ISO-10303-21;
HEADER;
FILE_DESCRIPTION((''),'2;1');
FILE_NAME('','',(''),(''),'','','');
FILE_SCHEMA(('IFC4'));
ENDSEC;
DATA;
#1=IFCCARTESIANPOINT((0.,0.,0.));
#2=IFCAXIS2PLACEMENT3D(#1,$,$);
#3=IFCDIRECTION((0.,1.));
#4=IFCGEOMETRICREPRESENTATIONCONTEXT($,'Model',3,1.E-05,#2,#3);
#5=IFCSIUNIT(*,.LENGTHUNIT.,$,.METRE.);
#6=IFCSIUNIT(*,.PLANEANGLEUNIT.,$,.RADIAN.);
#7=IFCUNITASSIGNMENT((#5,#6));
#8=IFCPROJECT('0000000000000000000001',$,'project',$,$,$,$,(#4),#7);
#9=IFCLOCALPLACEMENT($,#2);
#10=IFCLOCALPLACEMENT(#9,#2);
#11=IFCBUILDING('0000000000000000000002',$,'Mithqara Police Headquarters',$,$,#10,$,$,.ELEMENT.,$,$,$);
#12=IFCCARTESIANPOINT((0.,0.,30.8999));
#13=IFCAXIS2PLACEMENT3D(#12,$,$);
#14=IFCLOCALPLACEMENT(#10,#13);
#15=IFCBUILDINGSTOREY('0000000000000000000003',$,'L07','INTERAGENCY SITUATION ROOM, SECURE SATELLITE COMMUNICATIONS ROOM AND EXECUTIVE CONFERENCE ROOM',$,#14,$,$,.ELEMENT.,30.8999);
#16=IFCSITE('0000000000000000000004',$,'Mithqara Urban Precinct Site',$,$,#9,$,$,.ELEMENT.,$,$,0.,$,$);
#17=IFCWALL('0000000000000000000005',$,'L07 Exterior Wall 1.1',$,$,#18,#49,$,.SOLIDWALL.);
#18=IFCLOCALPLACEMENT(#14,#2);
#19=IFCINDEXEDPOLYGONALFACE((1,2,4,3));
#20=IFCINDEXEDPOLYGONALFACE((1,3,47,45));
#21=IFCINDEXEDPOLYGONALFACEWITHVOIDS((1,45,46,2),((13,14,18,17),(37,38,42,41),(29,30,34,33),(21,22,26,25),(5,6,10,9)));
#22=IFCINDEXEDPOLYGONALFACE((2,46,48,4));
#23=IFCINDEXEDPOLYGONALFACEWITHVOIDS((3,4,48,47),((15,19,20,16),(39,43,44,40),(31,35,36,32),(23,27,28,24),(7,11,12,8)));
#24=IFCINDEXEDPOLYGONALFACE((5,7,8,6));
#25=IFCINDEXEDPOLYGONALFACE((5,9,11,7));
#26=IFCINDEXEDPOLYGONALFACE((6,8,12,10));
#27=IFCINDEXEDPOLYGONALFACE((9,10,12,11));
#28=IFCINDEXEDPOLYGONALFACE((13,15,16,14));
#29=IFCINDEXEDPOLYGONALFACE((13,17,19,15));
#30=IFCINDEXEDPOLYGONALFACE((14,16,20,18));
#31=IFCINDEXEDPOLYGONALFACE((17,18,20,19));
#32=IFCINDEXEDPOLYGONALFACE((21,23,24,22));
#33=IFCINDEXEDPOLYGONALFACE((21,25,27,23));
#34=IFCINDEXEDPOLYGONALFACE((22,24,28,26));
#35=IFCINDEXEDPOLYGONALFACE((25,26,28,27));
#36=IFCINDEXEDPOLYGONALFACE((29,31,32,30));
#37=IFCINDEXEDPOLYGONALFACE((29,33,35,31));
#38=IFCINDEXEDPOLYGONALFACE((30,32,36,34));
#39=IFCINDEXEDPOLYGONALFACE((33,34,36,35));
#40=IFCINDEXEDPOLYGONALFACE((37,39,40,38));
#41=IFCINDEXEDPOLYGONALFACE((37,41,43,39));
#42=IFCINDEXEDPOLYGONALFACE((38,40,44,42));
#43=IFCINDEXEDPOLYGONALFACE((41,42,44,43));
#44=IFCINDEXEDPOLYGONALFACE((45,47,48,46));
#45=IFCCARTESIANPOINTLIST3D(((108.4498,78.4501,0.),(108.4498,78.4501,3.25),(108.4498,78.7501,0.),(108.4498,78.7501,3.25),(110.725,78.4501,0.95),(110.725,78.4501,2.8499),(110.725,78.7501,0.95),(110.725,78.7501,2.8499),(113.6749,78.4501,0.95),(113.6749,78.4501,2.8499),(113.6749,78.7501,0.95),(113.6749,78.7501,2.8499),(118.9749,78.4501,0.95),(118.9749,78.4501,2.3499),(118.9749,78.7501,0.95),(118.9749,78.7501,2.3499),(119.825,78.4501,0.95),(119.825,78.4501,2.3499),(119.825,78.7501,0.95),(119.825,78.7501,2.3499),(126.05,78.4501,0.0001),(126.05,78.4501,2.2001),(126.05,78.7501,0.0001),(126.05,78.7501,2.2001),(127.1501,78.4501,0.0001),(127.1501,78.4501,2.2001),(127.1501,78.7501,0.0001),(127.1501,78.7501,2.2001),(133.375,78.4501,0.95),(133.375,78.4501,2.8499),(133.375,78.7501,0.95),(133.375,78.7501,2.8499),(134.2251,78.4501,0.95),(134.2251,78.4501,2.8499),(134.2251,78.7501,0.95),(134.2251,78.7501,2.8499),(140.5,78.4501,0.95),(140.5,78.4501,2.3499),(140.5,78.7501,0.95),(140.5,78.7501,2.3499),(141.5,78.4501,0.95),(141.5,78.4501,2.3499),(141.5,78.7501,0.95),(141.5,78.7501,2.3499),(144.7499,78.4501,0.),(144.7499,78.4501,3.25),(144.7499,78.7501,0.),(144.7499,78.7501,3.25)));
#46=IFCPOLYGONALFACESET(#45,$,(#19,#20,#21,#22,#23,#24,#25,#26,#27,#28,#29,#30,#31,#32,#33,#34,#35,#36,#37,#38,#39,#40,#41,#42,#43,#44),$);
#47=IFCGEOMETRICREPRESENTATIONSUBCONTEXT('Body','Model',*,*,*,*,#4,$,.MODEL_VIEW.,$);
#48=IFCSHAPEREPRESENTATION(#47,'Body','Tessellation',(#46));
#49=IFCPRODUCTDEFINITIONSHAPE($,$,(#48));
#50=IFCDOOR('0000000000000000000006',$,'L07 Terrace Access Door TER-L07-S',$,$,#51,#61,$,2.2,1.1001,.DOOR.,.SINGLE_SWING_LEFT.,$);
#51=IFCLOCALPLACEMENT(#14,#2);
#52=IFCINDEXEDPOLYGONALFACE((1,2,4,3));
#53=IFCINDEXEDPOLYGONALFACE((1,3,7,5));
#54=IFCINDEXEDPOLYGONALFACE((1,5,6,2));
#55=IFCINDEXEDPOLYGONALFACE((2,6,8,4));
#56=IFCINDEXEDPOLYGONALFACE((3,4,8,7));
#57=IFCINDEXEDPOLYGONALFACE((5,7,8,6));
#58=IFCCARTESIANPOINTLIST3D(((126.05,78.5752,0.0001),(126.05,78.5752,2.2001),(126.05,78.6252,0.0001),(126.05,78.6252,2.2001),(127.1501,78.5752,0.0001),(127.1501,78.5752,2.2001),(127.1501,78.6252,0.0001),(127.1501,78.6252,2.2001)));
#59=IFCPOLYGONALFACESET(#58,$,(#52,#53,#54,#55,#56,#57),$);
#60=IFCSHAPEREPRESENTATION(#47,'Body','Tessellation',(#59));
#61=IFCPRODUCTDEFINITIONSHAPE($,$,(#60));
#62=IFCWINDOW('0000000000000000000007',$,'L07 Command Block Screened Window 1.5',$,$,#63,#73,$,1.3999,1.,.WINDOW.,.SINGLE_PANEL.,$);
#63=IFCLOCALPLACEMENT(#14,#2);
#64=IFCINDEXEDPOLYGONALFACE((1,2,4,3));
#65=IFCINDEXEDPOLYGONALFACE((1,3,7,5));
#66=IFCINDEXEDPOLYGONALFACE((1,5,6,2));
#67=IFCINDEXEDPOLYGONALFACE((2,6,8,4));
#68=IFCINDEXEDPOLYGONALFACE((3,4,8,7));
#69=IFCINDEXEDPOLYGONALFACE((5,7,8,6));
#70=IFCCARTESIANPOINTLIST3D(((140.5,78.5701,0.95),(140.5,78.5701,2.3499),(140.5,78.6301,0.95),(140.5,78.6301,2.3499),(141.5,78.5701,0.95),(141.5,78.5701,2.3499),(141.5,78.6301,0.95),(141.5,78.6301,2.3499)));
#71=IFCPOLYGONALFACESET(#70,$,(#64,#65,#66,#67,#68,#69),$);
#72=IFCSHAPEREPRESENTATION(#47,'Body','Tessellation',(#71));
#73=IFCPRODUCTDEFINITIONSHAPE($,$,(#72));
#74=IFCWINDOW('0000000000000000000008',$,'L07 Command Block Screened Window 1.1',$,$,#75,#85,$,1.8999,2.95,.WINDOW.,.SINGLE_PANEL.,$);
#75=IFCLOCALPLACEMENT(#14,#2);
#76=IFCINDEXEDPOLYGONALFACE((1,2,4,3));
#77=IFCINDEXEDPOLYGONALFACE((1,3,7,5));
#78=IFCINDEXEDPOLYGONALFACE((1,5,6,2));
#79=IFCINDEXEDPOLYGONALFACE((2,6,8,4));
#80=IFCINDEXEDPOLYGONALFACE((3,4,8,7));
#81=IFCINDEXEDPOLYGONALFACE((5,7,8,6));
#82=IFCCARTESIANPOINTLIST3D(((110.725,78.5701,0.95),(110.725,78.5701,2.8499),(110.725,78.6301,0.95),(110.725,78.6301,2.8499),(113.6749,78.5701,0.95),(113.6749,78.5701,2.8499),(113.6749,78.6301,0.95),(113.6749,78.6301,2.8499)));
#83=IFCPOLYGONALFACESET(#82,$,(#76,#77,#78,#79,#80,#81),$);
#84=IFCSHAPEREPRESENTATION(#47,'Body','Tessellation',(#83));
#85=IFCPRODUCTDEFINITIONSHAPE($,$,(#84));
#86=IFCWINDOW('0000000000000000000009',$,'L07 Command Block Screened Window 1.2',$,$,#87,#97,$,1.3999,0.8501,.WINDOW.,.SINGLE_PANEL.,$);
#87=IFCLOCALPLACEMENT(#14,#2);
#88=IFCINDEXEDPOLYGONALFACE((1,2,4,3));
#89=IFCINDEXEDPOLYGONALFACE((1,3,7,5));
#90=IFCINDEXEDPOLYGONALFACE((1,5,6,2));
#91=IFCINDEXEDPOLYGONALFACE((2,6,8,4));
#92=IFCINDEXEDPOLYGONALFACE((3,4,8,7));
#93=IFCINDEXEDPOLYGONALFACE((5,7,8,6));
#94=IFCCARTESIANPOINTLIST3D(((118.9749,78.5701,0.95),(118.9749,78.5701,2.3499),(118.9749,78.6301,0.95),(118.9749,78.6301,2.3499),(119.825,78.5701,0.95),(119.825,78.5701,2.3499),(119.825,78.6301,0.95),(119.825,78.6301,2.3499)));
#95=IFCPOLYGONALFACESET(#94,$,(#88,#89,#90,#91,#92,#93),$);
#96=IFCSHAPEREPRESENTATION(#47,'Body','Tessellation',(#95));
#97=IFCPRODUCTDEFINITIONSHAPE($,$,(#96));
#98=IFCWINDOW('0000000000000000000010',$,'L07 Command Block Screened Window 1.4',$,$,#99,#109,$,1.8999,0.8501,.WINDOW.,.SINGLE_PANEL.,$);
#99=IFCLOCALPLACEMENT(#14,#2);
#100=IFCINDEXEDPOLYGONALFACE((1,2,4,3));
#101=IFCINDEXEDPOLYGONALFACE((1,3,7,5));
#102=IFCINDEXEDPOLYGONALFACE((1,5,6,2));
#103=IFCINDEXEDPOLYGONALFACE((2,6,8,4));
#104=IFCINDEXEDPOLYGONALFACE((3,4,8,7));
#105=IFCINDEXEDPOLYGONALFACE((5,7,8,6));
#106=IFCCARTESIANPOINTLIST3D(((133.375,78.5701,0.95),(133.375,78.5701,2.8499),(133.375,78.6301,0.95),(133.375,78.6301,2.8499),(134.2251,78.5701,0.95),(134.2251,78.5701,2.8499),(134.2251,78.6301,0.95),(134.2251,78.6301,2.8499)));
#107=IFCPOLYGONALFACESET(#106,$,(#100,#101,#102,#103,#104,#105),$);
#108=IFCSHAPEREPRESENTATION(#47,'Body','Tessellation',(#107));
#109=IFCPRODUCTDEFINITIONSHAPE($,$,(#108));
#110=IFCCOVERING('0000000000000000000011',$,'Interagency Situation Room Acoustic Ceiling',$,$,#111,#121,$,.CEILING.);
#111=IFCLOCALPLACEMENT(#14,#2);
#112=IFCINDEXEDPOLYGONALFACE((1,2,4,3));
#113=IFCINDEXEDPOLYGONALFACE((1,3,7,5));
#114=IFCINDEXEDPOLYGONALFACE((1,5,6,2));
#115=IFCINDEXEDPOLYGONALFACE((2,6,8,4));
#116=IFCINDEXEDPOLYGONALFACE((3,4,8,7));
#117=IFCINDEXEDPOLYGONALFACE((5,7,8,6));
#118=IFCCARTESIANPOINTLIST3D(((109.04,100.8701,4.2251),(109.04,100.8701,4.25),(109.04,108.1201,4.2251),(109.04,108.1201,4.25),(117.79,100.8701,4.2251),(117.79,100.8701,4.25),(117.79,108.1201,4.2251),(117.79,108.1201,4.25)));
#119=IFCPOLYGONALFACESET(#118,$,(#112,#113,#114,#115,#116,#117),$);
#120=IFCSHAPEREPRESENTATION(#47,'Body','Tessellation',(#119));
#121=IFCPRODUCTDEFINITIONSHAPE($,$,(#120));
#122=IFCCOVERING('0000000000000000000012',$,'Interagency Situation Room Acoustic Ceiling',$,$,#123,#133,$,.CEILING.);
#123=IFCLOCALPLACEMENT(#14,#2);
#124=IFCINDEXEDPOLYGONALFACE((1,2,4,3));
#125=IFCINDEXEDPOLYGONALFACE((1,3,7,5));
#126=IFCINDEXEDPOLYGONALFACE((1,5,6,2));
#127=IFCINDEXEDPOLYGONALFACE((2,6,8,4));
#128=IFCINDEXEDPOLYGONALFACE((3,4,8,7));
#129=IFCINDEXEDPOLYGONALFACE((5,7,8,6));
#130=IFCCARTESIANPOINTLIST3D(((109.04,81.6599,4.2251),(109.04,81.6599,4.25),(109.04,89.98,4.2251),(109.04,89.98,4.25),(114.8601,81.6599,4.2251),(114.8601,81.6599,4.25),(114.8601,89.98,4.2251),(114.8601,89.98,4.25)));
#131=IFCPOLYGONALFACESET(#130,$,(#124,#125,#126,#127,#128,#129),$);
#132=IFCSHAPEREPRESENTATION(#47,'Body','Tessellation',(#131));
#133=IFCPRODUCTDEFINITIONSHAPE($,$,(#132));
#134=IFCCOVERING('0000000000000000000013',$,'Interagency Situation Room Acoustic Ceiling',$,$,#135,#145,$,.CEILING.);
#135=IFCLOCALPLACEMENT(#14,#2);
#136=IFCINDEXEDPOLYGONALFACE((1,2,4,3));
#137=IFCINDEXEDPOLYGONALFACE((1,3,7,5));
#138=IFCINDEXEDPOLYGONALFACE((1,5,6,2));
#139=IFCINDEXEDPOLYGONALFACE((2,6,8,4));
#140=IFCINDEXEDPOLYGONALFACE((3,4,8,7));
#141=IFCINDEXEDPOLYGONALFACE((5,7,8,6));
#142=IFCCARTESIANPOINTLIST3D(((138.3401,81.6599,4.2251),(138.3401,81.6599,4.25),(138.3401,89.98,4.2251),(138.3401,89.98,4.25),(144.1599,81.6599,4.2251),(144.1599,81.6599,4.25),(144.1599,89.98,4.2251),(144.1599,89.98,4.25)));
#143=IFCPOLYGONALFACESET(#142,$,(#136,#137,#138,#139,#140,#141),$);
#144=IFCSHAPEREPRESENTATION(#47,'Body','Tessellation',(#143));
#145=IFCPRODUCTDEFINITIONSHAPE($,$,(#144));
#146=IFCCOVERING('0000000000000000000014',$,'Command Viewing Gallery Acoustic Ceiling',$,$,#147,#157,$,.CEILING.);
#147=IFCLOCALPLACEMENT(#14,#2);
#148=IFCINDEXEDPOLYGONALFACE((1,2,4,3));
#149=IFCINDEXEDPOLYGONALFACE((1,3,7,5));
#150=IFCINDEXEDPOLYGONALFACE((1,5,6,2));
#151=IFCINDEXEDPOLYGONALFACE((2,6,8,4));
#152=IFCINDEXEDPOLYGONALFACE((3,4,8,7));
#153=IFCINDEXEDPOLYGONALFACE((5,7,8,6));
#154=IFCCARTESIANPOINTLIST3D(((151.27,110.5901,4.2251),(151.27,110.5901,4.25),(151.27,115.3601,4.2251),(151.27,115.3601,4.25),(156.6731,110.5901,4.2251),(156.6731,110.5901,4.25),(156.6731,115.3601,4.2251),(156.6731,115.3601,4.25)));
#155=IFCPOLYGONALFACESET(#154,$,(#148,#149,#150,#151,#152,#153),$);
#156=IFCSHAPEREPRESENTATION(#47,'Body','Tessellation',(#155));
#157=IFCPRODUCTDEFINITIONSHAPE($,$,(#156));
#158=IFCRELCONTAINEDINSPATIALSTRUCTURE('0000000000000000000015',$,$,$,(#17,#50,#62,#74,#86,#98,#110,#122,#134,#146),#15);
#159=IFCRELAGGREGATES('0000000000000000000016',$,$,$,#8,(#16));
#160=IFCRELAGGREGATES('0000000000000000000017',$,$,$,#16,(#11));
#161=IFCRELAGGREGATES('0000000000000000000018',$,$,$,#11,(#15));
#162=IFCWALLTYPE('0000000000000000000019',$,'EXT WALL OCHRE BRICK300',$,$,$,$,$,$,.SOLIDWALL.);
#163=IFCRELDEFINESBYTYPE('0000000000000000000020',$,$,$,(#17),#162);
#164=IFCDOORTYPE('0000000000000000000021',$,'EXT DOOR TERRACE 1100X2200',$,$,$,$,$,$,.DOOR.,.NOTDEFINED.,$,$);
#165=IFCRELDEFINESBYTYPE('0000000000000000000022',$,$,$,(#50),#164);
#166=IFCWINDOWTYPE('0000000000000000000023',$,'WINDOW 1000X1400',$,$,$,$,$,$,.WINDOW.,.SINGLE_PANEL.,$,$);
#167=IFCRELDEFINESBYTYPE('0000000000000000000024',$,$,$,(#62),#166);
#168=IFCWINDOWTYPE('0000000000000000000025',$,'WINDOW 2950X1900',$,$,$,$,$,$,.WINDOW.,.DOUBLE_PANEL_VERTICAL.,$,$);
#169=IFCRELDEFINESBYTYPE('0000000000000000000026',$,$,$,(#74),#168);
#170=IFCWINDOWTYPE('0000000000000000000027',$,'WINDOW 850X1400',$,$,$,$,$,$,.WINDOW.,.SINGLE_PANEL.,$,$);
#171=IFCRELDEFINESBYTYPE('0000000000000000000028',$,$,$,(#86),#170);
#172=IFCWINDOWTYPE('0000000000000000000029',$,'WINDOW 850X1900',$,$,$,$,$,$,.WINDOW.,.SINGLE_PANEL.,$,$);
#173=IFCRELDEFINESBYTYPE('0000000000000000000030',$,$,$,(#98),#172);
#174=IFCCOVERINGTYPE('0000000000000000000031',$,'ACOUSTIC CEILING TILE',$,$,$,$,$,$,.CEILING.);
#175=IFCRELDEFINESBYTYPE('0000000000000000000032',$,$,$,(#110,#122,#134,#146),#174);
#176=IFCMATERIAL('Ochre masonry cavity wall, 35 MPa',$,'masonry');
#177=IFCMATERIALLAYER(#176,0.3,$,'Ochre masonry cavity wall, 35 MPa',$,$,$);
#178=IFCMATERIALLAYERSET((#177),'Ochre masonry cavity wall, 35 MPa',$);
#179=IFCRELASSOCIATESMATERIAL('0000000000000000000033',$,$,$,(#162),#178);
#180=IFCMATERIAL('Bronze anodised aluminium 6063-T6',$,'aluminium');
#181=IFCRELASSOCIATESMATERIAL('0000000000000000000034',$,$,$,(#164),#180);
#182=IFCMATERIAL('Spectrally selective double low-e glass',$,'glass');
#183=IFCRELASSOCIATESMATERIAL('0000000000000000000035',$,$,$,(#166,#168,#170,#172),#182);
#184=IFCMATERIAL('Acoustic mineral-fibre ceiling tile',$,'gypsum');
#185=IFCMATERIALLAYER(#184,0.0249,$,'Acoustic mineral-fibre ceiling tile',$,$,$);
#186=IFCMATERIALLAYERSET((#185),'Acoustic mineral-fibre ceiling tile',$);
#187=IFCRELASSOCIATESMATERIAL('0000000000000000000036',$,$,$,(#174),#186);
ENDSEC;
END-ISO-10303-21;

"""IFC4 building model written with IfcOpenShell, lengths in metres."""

from ifc_helpers import new_model, si_unit, direction, frame, frame_2d, origin, place, context, subcontext, project, spatial, polyline, rectangle, outline, extrude, material, layer, layer_set, type_object, element, fill, save


model = new_model("IFC4")

# Units and contexts
model_context = context("Model", 3, precision=1e-05, world=origin(), true_north=direction((0.0, 1.0)))
body_context = subcontext(model_context, "Body", "Model", "MODEL_VIEW")
ifc_project = project(units=[si_unit("LENGTHUNIT", "METRE"), si_unit("PLANEANGLEUNIT", "RADIAN")], contexts=[model_context])

# Site, building, storey
site_placement = place(None, origin())
site = spatial("IfcSite", under=ifc_project, at=site_placement, Name="Mithqara Urban Precinct Site", CompositionType="ELEMENT", RefElevation=0.0)
building_placement = place(site_placement, origin())
building = spatial("IfcBuilding", under=site, at=building_placement, Name="Mithqara Police Headquarters", CompositionType="ELEMENT")
storey_placement = place(building_placement, frame((0.0, 0.0, 30.8999)))
storey = spatial("IfcBuildingStorey", under=building, at=storey_placement, Name="L07", Description="INTERAGENCY SITUATION ROOM, SECURE SATELLITE COMMUNICATIONS ROOM AND EXECUTIVE CONFERENCE ROOM", CompositionType="ELEMENT", Elevation=30.8999)

# Wall, openings, door, windows
ifc_material_1 = material(Name="Ochre masonry cavity wall, 35 MPa", Category="masonry")
ifc_layer_1 = layer(ifc_material_1, 0.3, Name="Ochre masonry cavity wall, 35 MPa")
ifc_layer_set_1 = layer_set([ifc_layer_1], Name="Ochre masonry cavity wall, 35 MPa")
wall_type = type_object("IfcWallType", Name="EXT WALL OCHRE BRICK300", PredefinedType="SOLIDWALL", material=ifc_layer_set_1)
wall_placement = place(storey_placement, frame((108.45, 78.6001, 0.0), z_axis=(0.0, 0.0, 1.0), x_axis=(1.0, 0.0, 0.0)))
wall = element("IfcWall", 1, at=wall_placement, inside=storey, type_object=wall_type, Name="L07 Exterior Wall 1.1", PredefinedType="SOLIDWALL", context=body_context, shape_type="SweptSolid", body=[
    extrude(rectangle(XDim=36.3, YDim=0.3, at=frame_2d((18.1499, 0.0))), origin(), (0.0, 0.0, 1.0), 3.25),
])
opening_1_placement = place(wall_placement, frame((17.6001, 0.0, 0.0)))
opening_1 = element("IfcOpeningElement", 2, at=opening_1_placement, cuts=wall, PredefinedType="OPENING", context=body_context, shape_type="SweptSolid", body=[
    extrude(rectangle(XDim=1.1001, YDim=2.2, at=frame_2d((0.55, 1.1001))), frame((0.0, 0.1602, 0.0), z_axis=(0.0, -1.0, 0.0), x_axis=(1.0, 0.0, 0.0)), (0.0, 0.0, 1.0), 0.3201),
])
opening_2_placement = place(wall_placement, frame((2.2749, 0.0, 0.95)))
opening_2 = element("IfcOpeningElement", 3, at=opening_2_placement, cuts=wall, PredefinedType="OPENING", context=body_context, shape_type="SweptSolid", body=[
    extrude(rectangle(XDim=2.95, YDim=1.8999, at=frame_2d((1.4751, 0.95))), frame((0.0, 0.1602, 0.0), z_axis=(0.0, -1.0, 0.0), x_axis=(1.0, 0.0, 0.0)), (0.0, 0.0, 1.0), 0.3201),
])
opening_3_placement = place(wall_placement, frame((10.5249, 0.0, 0.95)))
opening_3 = element("IfcOpeningElement", 4, at=opening_3_placement, cuts=wall, PredefinedType="OPENING", context=body_context, shape_type="SweptSolid", body=[
    extrude(rectangle(XDim=0.8501, YDim=1.3999, at=frame_2d((0.425, 0.7))), frame((0.0, 0.1602, 0.0), z_axis=(0.0, -1.0, 0.0), x_axis=(1.0, 0.0, 0.0)), (0.0, 0.0, 1.0), 0.3201),
])
opening_4_placement = place(wall_placement, frame((24.925, 0.0, 0.95)))
opening_4 = element("IfcOpeningElement", 5, at=opening_4_placement, cuts=wall, PredefinedType="OPENING", context=body_context, shape_type="SweptSolid", body=[
    extrude(rectangle(XDim=0.8501, YDim=1.8999, at=frame_2d((0.425, 0.95))), frame((0.0, 0.1602, 0.0), z_axis=(0.0, -1.0, 0.0), x_axis=(1.0, 0.0, 0.0)), (0.0, 0.0, 1.0), 0.3201),
])
opening_5_placement = place(wall_placement, frame((32.05, 0.0, 0.95)))
opening_5 = element("IfcOpeningElement", 6, at=opening_5_placement, cuts=wall, PredefinedType="OPENING", context=body_context, shape_type="SweptSolid", body=[
    extrude(rectangle(XDim=1.0, YDim=1.3999, at=frame_2d((0.5, 0.7))), frame((0.0, 0.1602, 0.0), z_axis=(0.0, -1.0, 0.0), x_axis=(1.0, 0.0, 0.0)), (0.0, 0.0, 1.0), 0.3201),
])
ifc_material_2 = material(Name="Bronze anodised aluminium 6063-T6", Category="aluminium")
door_type = type_object("IfcDoorType", Name="EXT DOOR TERRACE 1100X2200", OperationType="NOTDEFINED", PredefinedType="DOOR", material=ifc_material_2)
door_placement = place(opening_1_placement, frame((1.1001, 0.0, 0.0), z_axis=(0.0, 0.0, 1.0), x_axis=(-1.0, 0.0, 0.0)))
door = element("IfcDoor", 7, at=door_placement, inside=storey, type_object=door_type, Name="L07 Terrace Access Door TER-L07-S", OperationType="SINGLE_SWING_LEFT", OverallHeight=2.2, OverallWidth=1.1001, PredefinedType="DOOR", context=body_context, shape_type="SweptSolid", body=[
    extrude(rectangle(XDim=1.1001, YDim=2.2, at=frame_2d((0.55, 1.1001))), frame((0.0, 0.0249, 0.0), z_axis=(0.0, -1.0, 0.0), x_axis=(1.0, 0.0, 0.0)), (0.0, 0.0, 1.0), 0.05),
])
fill(opening_1, door)
ifc_material_3 = material(Name="Spectrally selective double low-e glass", Category="glass")
window_type_1 = type_object("IfcWindowType", Name="WINDOW 1000X1400", PartitioningType="SINGLE_PANEL", PredefinedType="WINDOW", material=ifc_material_3)
window_1_placement = place(opening_5_placement, origin())
window_1 = element("IfcWindow", 8, at=window_1_placement, inside=storey, type_object=window_type_1, Name="L07 Command Block Screened Window 1.5", OverallHeight=1.3999, OverallWidth=1.0, PartitioningType="SINGLE_PANEL", PredefinedType="WINDOW", context=body_context, shape_type="SweptSolid", body=[
    extrude(rectangle(XDim=1.0, YDim=1.3999, at=frame_2d((0.5, 0.7))), frame((0.0, 0.03, 0.0), z_axis=(0.0, -1.0, 0.0), x_axis=(1.0, 0.0, 0.0)), (0.0, 0.0, 1.0), 0.0601),
])
fill(opening_5, window_1)
window_type_2 = type_object("IfcWindowType", Name="WINDOW 2950X1900", PartitioningType="DOUBLE_PANEL_VERTICAL", PredefinedType="WINDOW", material=ifc_material_3)
window_2_placement = place(opening_2_placement, origin())
window_2 = element("IfcWindow", 9, at=window_2_placement, inside=storey, type_object=window_type_2, Name="L07 Command Block Screened Window 1.1", OverallHeight=1.8999, OverallWidth=2.95, PartitioningType="SINGLE_PANEL", PredefinedType="WINDOW", context=body_context, shape_type="SweptSolid", body=[
    extrude(rectangle(XDim=2.95, YDim=1.8999, at=frame_2d((1.4751, 0.95))), frame((0.0, 0.03, 0.0), z_axis=(0.0, -1.0, 0.0), x_axis=(1.0, 0.0, 0.0)), (0.0, 0.0, 1.0), 0.0601),
])
fill(opening_2, window_2)
window_type_3 = type_object("IfcWindowType", Name="WINDOW 850X1400", PartitioningType="SINGLE_PANEL", PredefinedType="WINDOW", material=ifc_material_3)
window_3_placement = place(opening_3_placement, origin())
window_3 = element("IfcWindow", 10, at=window_3_placement, inside=storey, type_object=window_type_3, Name="L07 Command Block Screened Window 1.2", OverallHeight=1.3999, OverallWidth=0.8501, PartitioningType="SINGLE_PANEL", PredefinedType="WINDOW", context=body_context, shape_type="SweptSolid", body=[
    extrude(rectangle(XDim=0.8501, YDim=1.3999, at=frame_2d((0.425, 0.7))), frame((0.0, 0.03, 0.0), z_axis=(0.0, -1.0, 0.0), x_axis=(1.0, 0.0, 0.0)), (0.0, 0.0, 1.0), 0.0601),
])
fill(opening_3, window_3)
window_type_4 = type_object("IfcWindowType", Name="WINDOW 850X1900", PartitioningType="SINGLE_PANEL", PredefinedType="WINDOW", material=ifc_material_3)
window_4_placement = place(opening_4_placement, origin())
window_4 = element("IfcWindow", 11, at=window_4_placement, inside=storey, type_object=window_type_4, Name="L07 Command Block Screened Window 1.4", OverallHeight=1.8999, OverallWidth=0.8501, PartitioningType="SINGLE_PANEL", PredefinedType="WINDOW", context=body_context, shape_type="SweptSolid", body=[
    extrude(rectangle(XDim=0.8501, YDim=1.8999, at=frame_2d((0.425, 0.95))), frame((0.0, 0.03, 0.0), z_axis=(0.0, -1.0, 0.0), x_axis=(1.0, 0.0, 0.0)), (0.0, 0.0, 1.0), 0.0601),
])
fill(opening_4, window_4)

# Coverings
ifc_material_4 = material(Name="Acoustic mineral-fibre ceiling tile", Category="gypsum")
ifc_layer_2 = layer(ifc_material_4, 0.0249, Name="Acoustic mineral-fibre ceiling tile")
ifc_layer_set_2 = layer_set([ifc_layer_2], Name="Acoustic mineral-fibre ceiling tile")
covering_type_1 = type_object("IfcCoveringType", Name="ACOUSTIC CEILING TILE", PredefinedType="CEILING", material=ifc_layer_set_2)
covering_1_placement = place(storey_placement, frame((0.0, 0.0, 4.2251)))
element("IfcCovering", 12, at=covering_1_placement, inside=storey, type_object=covering_type_1, Name="Interagency Situation Room Acoustic Ceiling", PredefinedType="CEILING", context=body_context, shape_type="SweptSolid", body=[
    extrude(outline(polyline([(109.04, 100.8701), (117.79, 100.8701), (117.79, 108.1201), (109.04, 108.1201), (109.04, 100.8701)])), origin(), (0.0, 0.0, 1.0), 0.0249),
])
covering_2_placement = place(storey_placement, frame((0.0, 0.0, 4.2251)))
element("IfcCovering", 13, at=covering_2_placement, inside=storey, type_object=covering_type_1, Name="Interagency Situation Room Acoustic Ceiling", PredefinedType="CEILING", context=body_context, shape_type="SweptSolid", body=[
    extrude(outline(polyline([(109.04, 81.6599), (114.8601, 81.6599), (114.8601, 89.98), (109.04, 89.98), (109.04, 81.6599)])), origin(), (0.0, 0.0, 1.0), 0.0249),
])
covering_3_placement = place(storey_placement, frame((0.0, 0.0, 4.2251)))
element("IfcCovering", 14, at=covering_3_placement, inside=storey, type_object=covering_type_1, Name="Interagency Situation Room Acoustic Ceiling", PredefinedType="CEILING", context=body_context, shape_type="SweptSolid", body=[
    extrude(outline(polyline([(138.3401, 81.6599), (144.1599, 81.6599), (144.1599, 89.98), (138.3401, 89.98), (138.3401, 81.6599)])), origin(), (0.0, 0.0, 1.0), 0.0249),
])
covering_4_placement = place(storey_placement, frame((0.0, 0.0, 4.2251)))
element("IfcCovering", 15, at=covering_4_placement, inside=storey, type_object=covering_type_1, Name="Command Viewing Gallery Acoustic Ceiling", PredefinedType="CEILING", context=body_context, shape_type="SweptSolid", body=[
    extrude(outline(polyline([(151.27, 110.5901), (156.6731, 110.5901), (156.6731, 115.3601), (151.27, 115.3601), (151.27, 110.5901)])), origin(), (0.0, 0.0, 1.0), 0.0249),
])

save(model, "model.ifc")
